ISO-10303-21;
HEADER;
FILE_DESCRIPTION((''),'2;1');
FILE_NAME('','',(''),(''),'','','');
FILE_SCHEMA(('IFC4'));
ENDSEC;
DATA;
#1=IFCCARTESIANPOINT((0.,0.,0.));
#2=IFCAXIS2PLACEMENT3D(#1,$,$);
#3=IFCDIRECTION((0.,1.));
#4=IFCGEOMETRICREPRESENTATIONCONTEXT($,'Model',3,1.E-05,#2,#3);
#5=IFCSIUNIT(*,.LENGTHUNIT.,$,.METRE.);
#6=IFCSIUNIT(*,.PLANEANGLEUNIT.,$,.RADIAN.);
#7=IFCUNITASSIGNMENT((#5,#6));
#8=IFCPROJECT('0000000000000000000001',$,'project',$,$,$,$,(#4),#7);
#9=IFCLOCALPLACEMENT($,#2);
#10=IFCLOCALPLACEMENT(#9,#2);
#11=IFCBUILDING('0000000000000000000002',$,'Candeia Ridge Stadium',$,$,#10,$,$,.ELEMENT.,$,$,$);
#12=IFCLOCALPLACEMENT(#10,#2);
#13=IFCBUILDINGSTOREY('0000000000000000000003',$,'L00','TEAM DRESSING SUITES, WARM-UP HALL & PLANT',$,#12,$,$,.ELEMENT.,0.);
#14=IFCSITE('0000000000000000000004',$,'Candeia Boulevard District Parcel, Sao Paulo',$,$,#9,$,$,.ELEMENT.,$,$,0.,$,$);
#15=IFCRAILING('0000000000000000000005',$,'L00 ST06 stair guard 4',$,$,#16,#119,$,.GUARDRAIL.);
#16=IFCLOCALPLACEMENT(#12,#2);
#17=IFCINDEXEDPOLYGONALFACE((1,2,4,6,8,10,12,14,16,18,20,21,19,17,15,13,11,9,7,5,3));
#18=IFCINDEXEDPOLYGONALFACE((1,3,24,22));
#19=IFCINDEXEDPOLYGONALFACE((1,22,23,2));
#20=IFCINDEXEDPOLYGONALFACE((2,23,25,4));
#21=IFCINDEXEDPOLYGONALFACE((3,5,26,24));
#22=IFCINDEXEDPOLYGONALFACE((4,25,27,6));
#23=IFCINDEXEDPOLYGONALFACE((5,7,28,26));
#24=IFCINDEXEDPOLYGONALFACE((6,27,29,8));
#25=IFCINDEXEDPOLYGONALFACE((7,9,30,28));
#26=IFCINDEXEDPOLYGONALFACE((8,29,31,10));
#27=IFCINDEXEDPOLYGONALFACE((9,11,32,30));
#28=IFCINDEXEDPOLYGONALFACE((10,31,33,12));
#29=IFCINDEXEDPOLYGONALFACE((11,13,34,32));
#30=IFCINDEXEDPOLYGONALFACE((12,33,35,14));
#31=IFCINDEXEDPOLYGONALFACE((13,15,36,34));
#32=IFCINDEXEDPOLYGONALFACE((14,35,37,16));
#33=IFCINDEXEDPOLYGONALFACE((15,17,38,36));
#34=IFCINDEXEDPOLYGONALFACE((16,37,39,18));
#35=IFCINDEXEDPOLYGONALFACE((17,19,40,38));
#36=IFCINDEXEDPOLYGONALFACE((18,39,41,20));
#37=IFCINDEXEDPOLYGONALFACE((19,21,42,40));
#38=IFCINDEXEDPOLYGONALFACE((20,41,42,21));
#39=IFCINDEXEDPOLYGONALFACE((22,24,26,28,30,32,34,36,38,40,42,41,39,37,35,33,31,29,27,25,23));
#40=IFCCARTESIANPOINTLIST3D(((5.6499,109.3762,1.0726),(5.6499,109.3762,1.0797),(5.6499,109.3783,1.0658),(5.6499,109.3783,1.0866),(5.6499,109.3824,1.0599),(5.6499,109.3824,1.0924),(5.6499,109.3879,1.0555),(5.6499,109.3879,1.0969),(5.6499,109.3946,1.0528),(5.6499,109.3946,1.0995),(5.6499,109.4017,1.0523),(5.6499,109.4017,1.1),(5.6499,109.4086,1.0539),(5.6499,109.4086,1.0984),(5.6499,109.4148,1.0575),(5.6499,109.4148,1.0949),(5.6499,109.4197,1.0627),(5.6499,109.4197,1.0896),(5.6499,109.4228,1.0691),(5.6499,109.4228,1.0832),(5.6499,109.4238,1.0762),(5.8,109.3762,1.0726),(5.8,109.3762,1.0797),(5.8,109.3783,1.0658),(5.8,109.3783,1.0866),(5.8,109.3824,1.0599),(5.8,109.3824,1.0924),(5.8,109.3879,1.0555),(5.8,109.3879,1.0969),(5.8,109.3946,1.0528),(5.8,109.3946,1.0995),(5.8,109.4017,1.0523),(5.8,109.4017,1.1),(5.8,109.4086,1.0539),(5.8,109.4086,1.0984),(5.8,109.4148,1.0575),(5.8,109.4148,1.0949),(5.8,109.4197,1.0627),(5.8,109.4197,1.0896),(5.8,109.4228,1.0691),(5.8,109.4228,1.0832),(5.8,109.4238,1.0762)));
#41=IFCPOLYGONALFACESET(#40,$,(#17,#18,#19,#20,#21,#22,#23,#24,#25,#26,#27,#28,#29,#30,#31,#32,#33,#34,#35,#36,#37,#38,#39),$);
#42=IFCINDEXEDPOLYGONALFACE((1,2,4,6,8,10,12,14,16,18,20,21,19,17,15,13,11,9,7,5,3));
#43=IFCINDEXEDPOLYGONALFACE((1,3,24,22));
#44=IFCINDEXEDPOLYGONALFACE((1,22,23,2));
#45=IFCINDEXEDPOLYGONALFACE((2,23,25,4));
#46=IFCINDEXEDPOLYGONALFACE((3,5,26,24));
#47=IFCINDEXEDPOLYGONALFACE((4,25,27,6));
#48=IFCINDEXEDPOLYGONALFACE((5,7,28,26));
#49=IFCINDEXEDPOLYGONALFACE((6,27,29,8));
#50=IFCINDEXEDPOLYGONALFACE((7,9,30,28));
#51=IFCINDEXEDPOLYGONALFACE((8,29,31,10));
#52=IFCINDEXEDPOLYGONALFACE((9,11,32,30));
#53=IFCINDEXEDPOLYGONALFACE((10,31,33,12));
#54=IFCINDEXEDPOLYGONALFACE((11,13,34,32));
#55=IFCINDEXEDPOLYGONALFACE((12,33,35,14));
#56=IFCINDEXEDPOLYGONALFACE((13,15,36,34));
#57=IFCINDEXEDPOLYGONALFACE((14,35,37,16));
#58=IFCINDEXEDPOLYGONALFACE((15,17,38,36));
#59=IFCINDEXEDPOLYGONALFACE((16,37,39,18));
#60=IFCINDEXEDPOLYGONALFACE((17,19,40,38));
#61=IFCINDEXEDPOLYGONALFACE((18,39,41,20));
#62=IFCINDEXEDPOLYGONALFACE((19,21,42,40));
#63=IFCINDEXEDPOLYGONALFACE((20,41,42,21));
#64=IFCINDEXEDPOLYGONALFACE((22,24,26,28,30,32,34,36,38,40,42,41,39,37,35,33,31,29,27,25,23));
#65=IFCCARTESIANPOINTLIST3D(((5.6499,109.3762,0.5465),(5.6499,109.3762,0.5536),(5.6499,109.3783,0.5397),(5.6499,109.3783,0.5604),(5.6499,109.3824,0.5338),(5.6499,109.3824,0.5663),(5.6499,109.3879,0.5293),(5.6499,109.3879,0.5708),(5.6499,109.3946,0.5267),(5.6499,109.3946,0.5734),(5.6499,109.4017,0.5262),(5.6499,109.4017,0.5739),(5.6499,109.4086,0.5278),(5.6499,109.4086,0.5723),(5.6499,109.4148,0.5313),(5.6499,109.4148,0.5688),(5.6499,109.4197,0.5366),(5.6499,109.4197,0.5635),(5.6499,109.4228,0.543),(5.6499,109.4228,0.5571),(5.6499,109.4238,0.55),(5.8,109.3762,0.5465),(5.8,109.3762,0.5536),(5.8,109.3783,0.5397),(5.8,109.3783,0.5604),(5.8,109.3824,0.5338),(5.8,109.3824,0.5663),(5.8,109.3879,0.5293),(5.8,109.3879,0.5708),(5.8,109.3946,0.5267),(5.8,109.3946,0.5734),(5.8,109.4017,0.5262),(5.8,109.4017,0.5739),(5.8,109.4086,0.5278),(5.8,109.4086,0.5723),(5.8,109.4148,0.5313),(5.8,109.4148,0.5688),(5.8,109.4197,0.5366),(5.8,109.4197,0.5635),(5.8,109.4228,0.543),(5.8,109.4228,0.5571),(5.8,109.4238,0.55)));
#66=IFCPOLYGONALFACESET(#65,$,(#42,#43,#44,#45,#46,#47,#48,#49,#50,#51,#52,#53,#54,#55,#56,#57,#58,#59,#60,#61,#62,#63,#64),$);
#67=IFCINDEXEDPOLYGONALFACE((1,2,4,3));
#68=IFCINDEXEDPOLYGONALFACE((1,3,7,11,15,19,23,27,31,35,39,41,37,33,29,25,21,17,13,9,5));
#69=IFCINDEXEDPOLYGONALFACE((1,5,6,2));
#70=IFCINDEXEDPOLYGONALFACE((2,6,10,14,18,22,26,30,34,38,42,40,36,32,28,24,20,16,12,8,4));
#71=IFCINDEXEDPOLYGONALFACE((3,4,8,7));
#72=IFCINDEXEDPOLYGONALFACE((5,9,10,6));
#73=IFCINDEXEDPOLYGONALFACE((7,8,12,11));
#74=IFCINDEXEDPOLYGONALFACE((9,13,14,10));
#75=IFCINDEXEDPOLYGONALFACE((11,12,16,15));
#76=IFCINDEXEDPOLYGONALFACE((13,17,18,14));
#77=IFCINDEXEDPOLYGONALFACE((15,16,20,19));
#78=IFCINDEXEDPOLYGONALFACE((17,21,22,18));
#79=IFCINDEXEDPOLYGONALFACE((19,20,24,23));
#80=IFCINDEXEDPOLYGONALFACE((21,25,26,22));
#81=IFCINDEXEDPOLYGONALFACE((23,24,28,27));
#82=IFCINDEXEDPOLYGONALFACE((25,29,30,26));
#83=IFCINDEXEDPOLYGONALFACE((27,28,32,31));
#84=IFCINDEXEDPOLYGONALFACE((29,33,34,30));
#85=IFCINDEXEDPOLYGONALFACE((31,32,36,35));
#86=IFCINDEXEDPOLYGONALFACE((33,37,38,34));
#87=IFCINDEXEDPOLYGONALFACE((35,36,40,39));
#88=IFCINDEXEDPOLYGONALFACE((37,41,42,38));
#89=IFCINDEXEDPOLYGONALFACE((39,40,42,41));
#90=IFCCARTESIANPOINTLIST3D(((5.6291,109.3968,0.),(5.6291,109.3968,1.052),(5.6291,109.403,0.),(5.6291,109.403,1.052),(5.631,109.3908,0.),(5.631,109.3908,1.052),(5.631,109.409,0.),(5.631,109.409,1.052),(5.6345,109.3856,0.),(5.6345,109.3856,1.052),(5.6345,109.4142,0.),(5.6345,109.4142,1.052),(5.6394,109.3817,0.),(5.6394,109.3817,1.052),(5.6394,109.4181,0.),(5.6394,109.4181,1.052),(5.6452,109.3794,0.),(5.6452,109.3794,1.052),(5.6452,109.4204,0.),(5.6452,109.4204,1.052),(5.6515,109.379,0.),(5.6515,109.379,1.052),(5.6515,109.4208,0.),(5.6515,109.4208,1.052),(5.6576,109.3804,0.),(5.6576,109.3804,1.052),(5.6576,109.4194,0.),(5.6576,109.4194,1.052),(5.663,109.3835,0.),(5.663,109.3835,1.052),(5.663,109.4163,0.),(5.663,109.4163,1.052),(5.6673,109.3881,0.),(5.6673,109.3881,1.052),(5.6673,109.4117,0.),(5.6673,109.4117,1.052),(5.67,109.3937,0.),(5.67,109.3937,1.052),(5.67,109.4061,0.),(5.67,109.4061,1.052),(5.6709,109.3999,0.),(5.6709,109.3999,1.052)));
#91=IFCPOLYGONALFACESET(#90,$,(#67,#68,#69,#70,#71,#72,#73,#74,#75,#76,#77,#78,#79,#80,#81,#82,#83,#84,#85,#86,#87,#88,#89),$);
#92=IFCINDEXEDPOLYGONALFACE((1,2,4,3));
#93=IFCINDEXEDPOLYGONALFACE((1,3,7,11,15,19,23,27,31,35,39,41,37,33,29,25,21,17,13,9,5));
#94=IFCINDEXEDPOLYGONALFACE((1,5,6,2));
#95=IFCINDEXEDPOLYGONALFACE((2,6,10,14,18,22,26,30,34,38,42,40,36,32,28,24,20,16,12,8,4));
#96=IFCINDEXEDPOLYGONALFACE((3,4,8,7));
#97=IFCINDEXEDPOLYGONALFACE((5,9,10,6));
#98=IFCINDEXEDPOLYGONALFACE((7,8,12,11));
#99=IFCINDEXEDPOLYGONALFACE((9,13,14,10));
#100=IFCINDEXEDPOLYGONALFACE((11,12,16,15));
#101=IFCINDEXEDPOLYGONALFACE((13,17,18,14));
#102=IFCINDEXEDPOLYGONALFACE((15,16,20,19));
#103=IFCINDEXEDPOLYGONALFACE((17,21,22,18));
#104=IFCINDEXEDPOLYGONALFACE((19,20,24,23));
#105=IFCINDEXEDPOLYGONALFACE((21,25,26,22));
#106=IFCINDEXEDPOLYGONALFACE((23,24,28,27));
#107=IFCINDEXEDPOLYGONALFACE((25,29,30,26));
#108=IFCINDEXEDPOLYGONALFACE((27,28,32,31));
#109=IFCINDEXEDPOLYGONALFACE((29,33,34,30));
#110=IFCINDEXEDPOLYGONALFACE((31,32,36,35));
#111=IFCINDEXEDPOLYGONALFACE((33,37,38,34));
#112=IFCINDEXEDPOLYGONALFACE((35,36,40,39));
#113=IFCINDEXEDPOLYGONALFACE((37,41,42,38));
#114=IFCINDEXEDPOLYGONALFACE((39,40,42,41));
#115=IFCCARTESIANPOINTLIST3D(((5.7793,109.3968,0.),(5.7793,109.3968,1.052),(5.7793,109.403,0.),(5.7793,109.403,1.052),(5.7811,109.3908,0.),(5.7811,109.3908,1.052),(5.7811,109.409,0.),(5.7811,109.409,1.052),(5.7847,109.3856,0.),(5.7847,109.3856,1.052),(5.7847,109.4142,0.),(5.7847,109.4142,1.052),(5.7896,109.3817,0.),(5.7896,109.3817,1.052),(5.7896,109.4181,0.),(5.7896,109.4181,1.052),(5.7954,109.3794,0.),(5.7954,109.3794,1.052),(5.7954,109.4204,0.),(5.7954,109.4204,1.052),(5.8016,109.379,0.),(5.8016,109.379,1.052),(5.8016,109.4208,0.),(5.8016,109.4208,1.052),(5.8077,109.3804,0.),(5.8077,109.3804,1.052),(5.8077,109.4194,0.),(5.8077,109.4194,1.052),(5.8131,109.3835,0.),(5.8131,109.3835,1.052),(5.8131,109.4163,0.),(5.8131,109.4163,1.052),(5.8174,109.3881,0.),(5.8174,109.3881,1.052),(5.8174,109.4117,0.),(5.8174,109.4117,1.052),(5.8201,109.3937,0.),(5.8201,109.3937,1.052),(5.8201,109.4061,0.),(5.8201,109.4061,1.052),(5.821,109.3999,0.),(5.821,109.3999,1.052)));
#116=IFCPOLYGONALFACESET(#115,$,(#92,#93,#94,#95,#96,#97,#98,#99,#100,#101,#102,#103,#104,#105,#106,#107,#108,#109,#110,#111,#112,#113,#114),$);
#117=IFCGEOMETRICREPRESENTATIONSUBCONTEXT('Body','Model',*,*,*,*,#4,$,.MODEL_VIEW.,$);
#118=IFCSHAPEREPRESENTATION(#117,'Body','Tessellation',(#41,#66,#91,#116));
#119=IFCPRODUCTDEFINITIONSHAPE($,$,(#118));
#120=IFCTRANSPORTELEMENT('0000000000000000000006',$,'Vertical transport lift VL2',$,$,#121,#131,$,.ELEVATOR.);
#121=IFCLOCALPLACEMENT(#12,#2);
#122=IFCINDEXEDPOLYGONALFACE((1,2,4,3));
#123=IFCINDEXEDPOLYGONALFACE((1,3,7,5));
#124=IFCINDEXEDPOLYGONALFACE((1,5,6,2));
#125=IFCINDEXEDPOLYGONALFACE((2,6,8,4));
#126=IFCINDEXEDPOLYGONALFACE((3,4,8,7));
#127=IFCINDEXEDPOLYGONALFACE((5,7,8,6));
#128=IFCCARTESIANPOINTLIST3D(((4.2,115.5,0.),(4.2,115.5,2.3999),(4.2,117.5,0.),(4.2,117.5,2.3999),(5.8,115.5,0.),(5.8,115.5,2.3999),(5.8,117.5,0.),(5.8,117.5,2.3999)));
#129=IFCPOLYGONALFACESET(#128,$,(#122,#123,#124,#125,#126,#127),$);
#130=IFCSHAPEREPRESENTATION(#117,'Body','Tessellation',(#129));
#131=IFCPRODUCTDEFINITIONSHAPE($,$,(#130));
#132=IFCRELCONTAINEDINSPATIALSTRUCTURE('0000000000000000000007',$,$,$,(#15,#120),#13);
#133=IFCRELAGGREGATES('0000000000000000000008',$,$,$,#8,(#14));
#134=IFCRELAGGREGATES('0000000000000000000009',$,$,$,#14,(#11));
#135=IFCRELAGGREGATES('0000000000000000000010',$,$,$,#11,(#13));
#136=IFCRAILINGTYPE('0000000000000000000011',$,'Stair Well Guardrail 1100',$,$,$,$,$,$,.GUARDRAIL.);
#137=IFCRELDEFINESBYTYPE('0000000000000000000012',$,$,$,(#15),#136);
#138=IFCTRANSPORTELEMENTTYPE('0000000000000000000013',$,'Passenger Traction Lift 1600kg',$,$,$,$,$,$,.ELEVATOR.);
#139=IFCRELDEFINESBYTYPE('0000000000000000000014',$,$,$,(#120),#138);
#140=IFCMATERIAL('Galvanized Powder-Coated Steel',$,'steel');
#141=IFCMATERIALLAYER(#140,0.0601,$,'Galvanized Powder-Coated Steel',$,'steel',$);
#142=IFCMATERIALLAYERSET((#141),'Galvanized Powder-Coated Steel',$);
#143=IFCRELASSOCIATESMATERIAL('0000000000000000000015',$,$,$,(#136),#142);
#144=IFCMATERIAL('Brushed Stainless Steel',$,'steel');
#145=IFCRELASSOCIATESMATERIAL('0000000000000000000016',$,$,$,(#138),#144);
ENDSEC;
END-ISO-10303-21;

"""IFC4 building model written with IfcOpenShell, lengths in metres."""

from ifc_helpers import new_model, si_unit, direction, frame, origin, origin_2d, place, context, subcontext, project, spatial, rectangle, circle, extrude, material, layer, layer_set, type_object, element, save


model = new_model("IFC4")

# Units and contexts
model_context = context("Model", 3, precision=1e-05, world=origin(), true_north=direction((0.0, 1.0)))
body_context = subcontext(model_context, "Body", "Model", "MODEL_VIEW")
ifc_project = project(units=[si_unit("LENGTHUNIT", "METRE"), si_unit("PLANEANGLEUNIT", "RADIAN")], contexts=[model_context])

# Site, building, storey
site_placement = place(None, origin())
site = spatial("IfcSite", under=ifc_project, at=site_placement, Name="Candeia Boulevard District Parcel, Sao Paulo", CompositionType="ELEMENT", RefElevation=0.0)
building_placement = place(site_placement, origin())
building = spatial("IfcBuilding", under=site, at=building_placement, Name="Candeia Ridge Stadium", CompositionType="ELEMENT")
storey_placement = place(building_placement, origin())
storey = spatial("IfcBuildingStorey", under=building, at=storey_placement, Name="L00", Description="TEAM DRESSING SUITES, WARM-UP HALL & PLANT", CompositionType="ELEMENT", Elevation=0.0)

# Shared definitions
ifc_material_1 = material(Name="Brushed Stainless Steel", Category="steel")

# Railing
ifc_material_2 = material(Name="Galvanized Powder-Coated Steel", Category="steel")
ifc_layer_1 = layer(ifc_material_2, 0.0601, Name="Galvanized Powder-Coated Steel", Category="steel")
ifc_layer_set_1 = layer_set([ifc_layer_1], Name="Galvanized Powder-Coated Steel")
railing_type = type_object("IfcRailingType", Name="Stair Well Guardrail 1100", PredefinedType="GUARDRAIL", material=ifc_layer_set_1)
railing_1_placement = place(storey_placement, frame((5.6499, 109.3999, 0.0)))
element("IfcRailing", 1, at=railing_1_placement, inside=storey, type_object=railing_type, Name="L00 ST06 stair guard 4", PredefinedType="GUARDRAIL", context=body_context, shape_type="SweptSolid", body=[
    extrude(circle(Radius=0.0239, at=origin_2d()), frame((0.0, 0.0, 1.0762), z_axis=(1.0, 0.0, 0.0), x_axis=(0.0, 1.0, 0.0)), (0.0, 0.0, 1.0), 0.1501),
    extrude(circle(Radius=0.0239, at=origin_2d()), frame((0.0, 0.0, 0.55), z_axis=(1.0, 0.0, 0.0), x_axis=(0.0, 1.0, 0.0)), (0.0, 0.0, 1.0), 0.1501),
    extrude(circle(Radius=0.021, at=origin_2d()), origin(), (0.0, 0.0, 1.0), 1.052),
    extrude(circle(Radius=0.021, at=origin_2d()), frame((0.1501, 0.0, 0.0)), (0.0, 0.0, 1.0), 1.052),
])

# Transport element
transport_element_type = type_object("IfcTransportElementType", Name="Passenger Traction Lift 1600kg", PredefinedType="ELEVATOR", material=ifc_material_1)
transport_element_placement = place(storey_placement, frame((5.0, 116.5, 0.0), z_axis=(0.0, 0.0, 1.0), x_axis=(1.0, 0.0, 0.0)))
element("IfcTransportElement", 2, at=transport_element_placement, inside=storey, type_object=transport_element_type, Name="Vertical transport lift VL2", PredefinedType="ELEVATOR", context=body_context, shape_type="SweptSolid", body=[
    extrude(rectangle(XDim=1.6001, YDim=2.0, at=origin_2d()), origin(), (0.0, 0.0, 1.0), 2.3999),
])

save(model, "model.ifc")
